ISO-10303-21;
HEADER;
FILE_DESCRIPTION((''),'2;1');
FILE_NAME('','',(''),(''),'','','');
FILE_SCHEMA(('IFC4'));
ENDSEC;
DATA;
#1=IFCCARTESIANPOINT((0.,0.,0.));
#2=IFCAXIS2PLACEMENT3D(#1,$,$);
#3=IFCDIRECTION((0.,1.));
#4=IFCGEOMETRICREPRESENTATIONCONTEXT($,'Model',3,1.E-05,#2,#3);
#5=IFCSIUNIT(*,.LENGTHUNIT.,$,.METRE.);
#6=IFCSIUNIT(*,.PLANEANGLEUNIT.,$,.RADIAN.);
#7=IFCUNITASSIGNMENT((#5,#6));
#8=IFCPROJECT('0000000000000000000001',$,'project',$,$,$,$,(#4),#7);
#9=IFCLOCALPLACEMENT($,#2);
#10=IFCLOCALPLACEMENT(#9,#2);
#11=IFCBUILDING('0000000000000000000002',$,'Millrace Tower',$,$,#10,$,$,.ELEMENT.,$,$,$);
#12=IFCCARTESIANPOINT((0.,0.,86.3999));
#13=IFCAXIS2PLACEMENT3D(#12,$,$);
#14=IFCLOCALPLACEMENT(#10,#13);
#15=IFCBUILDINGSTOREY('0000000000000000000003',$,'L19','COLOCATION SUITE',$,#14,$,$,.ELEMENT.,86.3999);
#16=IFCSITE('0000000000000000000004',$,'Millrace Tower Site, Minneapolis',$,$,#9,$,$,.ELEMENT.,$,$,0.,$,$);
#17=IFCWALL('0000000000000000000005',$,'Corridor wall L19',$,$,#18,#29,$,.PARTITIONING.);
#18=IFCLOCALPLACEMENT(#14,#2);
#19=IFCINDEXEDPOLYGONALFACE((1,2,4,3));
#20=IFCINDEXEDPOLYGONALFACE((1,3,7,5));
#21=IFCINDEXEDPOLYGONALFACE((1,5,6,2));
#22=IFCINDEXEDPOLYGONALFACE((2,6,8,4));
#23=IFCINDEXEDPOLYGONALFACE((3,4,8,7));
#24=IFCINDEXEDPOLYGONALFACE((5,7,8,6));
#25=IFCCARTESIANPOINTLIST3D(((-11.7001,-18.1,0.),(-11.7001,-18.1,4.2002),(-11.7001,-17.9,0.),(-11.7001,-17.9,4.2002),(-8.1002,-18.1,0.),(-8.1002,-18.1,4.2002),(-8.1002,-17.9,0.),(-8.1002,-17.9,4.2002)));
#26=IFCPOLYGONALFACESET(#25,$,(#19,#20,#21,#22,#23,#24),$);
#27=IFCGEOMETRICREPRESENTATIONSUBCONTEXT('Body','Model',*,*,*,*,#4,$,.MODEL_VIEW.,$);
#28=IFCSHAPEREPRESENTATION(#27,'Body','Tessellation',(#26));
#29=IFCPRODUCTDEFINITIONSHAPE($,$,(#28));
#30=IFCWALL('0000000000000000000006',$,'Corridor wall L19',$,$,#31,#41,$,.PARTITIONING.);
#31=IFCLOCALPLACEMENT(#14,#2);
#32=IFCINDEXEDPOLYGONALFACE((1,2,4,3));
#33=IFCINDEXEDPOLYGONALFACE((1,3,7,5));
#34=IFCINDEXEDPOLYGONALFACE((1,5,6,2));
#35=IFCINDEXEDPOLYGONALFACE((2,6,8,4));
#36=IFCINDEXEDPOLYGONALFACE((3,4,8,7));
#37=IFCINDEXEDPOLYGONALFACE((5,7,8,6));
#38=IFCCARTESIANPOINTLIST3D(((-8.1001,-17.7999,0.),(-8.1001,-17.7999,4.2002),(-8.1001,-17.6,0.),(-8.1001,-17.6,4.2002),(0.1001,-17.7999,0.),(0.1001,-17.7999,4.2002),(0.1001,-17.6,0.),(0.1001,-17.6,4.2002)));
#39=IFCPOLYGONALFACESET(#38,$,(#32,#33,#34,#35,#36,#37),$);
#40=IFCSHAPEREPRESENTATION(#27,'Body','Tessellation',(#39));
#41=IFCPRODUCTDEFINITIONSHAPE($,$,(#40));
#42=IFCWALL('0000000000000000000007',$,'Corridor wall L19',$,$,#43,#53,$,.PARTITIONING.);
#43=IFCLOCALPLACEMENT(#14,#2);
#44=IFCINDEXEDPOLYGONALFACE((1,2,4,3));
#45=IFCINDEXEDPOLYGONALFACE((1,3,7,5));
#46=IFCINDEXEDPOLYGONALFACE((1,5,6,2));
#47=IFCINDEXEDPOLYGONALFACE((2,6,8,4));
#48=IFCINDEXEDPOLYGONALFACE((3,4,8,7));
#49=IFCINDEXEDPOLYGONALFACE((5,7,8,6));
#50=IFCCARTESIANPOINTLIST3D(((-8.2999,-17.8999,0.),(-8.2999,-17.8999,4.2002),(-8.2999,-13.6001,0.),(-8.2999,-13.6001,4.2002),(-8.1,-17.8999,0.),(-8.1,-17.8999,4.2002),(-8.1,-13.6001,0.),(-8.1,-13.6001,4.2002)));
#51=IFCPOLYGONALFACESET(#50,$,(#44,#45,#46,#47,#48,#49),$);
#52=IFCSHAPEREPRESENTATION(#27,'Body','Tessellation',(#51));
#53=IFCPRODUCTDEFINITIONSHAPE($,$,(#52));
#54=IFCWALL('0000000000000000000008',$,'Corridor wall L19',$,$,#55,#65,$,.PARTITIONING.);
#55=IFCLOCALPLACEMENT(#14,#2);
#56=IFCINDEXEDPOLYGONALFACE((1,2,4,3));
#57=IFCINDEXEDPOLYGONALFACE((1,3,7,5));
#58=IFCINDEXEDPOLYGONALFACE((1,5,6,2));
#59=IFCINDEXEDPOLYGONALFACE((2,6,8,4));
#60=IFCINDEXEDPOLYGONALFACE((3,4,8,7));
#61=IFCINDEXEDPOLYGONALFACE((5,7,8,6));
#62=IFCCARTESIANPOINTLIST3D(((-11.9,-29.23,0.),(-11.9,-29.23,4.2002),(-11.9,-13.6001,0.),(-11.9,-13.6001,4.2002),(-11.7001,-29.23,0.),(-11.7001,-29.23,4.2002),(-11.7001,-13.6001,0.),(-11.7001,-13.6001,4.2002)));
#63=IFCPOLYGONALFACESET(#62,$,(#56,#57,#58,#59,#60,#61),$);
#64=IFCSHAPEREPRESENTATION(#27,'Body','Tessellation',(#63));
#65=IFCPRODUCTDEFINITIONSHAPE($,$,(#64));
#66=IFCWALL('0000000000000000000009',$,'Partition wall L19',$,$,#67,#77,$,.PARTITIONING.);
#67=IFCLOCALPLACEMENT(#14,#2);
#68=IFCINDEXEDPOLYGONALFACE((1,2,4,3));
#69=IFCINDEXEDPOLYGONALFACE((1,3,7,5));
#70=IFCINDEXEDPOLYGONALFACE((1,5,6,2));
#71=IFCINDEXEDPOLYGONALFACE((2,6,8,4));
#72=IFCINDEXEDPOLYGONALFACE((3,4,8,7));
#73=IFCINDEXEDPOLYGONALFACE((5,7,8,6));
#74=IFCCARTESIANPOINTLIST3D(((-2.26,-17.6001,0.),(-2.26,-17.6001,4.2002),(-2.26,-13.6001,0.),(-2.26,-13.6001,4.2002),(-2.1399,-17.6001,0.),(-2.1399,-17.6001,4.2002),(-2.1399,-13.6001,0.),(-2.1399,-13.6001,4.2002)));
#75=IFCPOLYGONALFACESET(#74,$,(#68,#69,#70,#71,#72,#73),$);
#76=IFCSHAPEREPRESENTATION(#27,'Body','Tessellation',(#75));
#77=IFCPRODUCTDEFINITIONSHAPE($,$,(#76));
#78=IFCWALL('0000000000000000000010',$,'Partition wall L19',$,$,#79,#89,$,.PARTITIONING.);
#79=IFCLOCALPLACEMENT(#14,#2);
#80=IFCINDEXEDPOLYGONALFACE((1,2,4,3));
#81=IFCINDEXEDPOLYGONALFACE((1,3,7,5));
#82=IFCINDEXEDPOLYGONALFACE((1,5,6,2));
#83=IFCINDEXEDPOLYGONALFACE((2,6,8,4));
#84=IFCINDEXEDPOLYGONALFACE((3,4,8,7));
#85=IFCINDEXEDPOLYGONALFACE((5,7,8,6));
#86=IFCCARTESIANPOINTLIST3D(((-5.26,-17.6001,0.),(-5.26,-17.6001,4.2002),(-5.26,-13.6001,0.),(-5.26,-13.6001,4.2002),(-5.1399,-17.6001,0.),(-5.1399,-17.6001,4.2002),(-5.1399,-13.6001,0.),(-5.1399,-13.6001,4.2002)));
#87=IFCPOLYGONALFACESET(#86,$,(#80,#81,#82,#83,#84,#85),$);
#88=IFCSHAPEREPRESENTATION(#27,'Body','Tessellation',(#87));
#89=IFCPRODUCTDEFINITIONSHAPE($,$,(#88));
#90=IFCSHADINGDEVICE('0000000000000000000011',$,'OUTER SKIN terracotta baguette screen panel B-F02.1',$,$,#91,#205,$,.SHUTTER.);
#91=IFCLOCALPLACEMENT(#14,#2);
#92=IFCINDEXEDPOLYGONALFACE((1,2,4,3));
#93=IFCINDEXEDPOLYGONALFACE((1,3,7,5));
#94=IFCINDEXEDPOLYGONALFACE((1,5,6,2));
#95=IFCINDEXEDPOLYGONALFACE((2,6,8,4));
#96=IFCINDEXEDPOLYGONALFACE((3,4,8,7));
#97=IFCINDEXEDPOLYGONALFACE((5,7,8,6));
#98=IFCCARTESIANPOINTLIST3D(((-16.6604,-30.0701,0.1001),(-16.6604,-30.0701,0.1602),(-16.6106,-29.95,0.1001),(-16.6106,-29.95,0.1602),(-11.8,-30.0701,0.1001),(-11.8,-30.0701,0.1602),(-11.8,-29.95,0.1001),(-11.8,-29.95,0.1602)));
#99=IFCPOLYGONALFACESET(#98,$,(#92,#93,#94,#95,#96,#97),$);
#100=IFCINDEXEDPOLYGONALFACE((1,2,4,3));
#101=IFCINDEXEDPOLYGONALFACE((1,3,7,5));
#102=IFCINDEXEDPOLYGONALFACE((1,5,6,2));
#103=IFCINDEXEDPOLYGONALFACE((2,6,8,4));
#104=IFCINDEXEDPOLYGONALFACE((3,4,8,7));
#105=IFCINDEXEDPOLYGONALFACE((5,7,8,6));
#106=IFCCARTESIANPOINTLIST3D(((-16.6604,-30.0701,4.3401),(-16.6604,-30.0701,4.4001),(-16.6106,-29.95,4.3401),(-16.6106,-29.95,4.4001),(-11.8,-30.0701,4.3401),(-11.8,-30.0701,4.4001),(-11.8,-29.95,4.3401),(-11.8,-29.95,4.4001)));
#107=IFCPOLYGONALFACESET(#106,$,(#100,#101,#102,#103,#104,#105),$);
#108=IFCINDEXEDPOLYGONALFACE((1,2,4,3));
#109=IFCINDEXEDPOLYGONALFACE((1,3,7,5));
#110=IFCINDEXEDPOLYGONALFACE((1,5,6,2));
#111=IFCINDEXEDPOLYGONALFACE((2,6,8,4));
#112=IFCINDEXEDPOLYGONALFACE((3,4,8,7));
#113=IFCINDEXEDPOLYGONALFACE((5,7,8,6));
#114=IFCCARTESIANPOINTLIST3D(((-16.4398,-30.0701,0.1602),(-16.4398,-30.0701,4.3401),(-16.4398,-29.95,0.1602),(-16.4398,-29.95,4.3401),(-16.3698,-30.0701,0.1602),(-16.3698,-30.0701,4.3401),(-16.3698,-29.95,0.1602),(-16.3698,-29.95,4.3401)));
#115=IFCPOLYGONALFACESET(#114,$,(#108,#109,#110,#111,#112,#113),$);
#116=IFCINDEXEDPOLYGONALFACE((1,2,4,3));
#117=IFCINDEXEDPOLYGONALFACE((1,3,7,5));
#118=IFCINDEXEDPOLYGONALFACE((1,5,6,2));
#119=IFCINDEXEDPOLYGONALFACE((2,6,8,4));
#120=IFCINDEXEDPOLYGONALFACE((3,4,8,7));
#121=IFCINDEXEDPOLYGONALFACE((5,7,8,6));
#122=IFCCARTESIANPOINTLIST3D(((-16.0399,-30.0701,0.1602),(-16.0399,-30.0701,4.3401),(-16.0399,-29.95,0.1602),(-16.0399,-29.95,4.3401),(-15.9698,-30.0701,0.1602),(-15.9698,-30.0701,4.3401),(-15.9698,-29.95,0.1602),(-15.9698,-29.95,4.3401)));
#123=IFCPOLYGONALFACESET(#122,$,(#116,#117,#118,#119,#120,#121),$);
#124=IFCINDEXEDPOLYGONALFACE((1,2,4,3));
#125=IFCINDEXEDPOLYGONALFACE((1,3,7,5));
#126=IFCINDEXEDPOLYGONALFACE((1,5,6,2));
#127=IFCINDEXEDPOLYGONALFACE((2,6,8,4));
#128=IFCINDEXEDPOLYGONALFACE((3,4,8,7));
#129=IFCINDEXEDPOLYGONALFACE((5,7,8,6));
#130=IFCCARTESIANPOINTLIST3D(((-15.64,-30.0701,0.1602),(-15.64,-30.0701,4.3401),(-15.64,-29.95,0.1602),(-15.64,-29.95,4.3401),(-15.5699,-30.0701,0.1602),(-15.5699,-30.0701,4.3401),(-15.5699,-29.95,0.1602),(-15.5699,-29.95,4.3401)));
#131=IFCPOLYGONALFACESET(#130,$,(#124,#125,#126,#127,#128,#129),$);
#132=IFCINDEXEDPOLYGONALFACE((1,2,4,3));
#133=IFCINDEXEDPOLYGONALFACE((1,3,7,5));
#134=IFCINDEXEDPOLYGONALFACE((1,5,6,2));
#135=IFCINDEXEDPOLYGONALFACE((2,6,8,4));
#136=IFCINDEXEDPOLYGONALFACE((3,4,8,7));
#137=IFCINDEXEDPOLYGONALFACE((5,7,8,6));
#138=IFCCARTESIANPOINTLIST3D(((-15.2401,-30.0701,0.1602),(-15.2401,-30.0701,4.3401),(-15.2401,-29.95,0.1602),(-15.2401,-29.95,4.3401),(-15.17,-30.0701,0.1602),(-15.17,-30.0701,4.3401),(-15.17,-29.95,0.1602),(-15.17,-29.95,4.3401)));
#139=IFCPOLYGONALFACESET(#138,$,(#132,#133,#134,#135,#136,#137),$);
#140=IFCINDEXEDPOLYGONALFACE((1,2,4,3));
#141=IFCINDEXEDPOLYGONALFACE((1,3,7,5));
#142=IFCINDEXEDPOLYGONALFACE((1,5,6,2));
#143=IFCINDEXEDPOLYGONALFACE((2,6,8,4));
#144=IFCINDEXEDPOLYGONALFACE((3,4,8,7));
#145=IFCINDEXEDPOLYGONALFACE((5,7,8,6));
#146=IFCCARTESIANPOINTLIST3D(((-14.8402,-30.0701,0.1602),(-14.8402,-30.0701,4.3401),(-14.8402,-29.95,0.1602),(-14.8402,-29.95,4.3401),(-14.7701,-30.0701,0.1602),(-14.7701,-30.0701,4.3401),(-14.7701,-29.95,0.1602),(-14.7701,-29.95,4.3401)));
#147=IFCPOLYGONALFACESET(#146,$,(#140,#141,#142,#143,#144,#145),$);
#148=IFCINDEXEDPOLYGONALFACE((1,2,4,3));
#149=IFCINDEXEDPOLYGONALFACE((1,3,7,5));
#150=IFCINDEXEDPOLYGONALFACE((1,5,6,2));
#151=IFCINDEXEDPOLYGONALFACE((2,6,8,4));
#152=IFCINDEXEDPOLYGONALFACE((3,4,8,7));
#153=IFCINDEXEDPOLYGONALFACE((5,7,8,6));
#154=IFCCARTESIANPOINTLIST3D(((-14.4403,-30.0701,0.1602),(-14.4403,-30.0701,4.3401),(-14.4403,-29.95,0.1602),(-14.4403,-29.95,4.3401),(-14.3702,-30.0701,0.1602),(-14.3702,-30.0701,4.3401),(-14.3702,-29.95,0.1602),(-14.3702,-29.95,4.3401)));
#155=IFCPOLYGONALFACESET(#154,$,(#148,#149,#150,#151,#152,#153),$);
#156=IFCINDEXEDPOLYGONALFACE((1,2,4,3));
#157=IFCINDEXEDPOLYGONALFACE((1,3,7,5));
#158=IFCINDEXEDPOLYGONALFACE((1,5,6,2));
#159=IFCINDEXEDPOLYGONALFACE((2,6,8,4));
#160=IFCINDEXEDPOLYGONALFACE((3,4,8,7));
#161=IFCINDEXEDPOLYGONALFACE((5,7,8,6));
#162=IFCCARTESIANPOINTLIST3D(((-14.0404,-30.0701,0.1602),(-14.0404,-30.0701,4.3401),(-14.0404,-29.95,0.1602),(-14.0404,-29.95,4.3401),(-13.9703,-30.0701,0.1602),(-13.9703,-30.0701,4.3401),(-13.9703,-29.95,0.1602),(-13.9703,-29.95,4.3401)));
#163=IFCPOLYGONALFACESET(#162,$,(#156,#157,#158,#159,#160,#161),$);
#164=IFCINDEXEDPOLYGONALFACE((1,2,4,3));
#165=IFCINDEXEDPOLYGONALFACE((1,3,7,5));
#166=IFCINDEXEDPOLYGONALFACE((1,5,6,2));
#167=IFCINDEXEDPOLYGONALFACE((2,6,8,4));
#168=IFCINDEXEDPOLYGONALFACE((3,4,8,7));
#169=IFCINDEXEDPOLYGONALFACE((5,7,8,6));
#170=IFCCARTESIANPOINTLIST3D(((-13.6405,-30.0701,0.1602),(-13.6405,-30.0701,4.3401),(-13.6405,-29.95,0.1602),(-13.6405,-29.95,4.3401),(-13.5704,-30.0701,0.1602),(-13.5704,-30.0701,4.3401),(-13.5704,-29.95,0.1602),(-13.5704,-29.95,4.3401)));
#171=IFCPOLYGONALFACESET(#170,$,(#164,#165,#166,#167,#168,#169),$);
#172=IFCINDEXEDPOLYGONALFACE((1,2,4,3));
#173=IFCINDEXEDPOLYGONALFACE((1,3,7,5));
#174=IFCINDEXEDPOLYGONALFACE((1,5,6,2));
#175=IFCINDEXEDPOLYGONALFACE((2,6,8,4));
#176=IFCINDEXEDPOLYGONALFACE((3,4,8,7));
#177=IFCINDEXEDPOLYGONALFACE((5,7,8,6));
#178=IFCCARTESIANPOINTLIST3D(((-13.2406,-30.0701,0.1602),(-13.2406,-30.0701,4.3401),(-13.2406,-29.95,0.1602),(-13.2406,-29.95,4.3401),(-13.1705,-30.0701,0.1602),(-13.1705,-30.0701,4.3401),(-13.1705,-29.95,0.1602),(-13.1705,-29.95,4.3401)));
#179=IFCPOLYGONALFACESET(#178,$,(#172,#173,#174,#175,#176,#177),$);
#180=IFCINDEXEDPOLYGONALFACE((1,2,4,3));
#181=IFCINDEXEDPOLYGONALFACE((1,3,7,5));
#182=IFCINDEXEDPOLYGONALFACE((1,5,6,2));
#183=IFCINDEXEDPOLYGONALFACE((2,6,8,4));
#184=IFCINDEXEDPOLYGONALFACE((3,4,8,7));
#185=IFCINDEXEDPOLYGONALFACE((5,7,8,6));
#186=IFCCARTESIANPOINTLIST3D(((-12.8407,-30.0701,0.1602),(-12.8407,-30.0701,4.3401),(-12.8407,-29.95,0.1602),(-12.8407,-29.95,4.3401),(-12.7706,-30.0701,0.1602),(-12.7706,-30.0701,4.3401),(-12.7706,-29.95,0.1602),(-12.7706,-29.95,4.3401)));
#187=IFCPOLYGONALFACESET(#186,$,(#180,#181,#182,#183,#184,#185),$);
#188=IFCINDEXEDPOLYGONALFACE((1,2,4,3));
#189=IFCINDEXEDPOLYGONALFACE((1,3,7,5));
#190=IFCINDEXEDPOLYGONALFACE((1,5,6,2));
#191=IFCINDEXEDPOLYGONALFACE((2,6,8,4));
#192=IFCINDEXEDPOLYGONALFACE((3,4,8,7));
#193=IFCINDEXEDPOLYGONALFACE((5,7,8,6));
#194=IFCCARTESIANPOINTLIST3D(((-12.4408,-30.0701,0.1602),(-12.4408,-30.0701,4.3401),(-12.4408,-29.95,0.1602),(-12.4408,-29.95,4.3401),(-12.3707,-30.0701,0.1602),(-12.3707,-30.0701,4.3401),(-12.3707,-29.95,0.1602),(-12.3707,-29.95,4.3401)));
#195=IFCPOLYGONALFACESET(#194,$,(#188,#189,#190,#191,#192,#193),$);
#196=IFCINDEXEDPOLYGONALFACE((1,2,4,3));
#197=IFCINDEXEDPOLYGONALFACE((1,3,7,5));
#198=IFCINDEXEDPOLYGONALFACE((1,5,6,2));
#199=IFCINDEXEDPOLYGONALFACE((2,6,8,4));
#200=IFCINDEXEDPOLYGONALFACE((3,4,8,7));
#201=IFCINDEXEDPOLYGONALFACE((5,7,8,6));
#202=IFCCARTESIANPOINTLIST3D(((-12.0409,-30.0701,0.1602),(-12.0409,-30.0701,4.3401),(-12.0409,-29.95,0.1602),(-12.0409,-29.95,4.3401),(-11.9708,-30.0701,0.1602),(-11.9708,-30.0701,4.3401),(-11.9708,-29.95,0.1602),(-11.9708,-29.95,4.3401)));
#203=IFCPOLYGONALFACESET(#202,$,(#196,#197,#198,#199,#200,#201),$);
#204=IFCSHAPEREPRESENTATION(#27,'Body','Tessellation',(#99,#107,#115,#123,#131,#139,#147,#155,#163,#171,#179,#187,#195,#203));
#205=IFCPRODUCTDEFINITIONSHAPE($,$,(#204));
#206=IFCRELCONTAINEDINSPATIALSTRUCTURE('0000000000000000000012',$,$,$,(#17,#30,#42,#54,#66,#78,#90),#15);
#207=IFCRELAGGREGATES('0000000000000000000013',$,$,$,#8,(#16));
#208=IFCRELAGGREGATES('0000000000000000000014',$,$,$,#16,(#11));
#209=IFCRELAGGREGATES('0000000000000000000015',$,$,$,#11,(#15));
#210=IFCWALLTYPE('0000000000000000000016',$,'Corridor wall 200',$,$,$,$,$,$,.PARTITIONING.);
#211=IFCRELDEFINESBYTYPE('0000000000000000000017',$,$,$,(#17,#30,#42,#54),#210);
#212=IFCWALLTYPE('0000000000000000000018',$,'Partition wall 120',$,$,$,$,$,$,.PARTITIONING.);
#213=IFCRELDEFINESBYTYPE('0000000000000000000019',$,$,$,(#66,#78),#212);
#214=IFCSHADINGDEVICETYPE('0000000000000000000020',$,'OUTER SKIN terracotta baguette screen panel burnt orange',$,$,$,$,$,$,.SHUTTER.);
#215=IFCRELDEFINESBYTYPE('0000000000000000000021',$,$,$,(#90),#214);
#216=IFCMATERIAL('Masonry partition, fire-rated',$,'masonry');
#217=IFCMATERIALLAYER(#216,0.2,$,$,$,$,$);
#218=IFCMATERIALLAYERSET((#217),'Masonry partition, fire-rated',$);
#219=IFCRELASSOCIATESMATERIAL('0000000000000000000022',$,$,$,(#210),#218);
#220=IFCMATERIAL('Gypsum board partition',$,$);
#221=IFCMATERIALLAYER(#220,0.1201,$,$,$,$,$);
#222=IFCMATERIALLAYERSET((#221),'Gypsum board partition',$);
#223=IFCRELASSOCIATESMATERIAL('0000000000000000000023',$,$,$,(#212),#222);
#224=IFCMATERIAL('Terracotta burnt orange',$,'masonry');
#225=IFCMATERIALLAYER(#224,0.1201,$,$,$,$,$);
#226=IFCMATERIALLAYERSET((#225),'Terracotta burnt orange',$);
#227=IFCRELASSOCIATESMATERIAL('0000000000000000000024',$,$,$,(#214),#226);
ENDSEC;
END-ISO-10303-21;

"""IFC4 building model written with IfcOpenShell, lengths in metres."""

from ifc_helpers import new_model, entity, si_unit, direction, frame, frame_2d, origin, place, context, subcontext, project, spatial, rectangle, extrude, source, transform, mapped, material, layer, layer_set, type_object, element, save


model = new_model("IFC4")

# Units and contexts
model_context = context("Model", 3, precision=1e-05, world=origin(), true_north=direction((0.0, 1.0)))
body_context = subcontext(model_context, "Body", "Model", "MODEL_VIEW")
ifc_project = project(units=[si_unit("LENGTHUNIT", "METRE"), si_unit("PLANEANGLEUNIT", "RADIAN")], contexts=[model_context])

# Site, building, storey
site_placement = place(None, origin())
site = spatial("IfcSite", under=ifc_project, at=site_placement, Name="Millrace Tower Site, Minneapolis", CompositionType="ELEMENT", RefElevation=0.0)
building_placement = place(site_placement, origin())
building = spatial("IfcBuilding", under=site, at=building_placement, Name="Millrace Tower", CompositionType="ELEMENT")
storey_placement = place(building_placement, frame((0.0, 0.0, 86.3999)))
storey = spatial("IfcBuildingStorey", under=building, at=storey_placement, Name="L19", Description="COLOCATION SUITE", CompositionType="ELEMENT", Elevation=86.3999)

# Walls
ifc_material_1 = material(Name="Masonry partition, fire-rated", Category="masonry")
ifc_layer_1 = layer(ifc_material_1, 0.2)
ifc_layer_set_1 = layer_set([ifc_layer_1], Name="Masonry partition, fire-rated")
wall_type_1 = type_object("IfcWallType", Name="Corridor wall 200", PredefinedType="PARTITIONING", material=ifc_layer_set_1)
wall_1_placement = place(storey_placement, frame((-11.7, -18.0, 0.0), z_axis=(0.0, 0.0, 1.0), x_axis=(1.0, 0.0, 0.0)))
element("IfcWall", 1, at=wall_1_placement, inside=storey, type_object=wall_type_1, Name="Corridor wall L19", PredefinedType="PARTITIONING", context=body_context, shape_type="SweptSolid", body=[
    extrude(rectangle(XDim=3.5999, YDim=0.2, at=frame_2d((1.7998, 0.0))), origin(), (0.0, 0.0, 1.0), 4.2002),
])
wall_2_placement = place(storey_placement, frame((-8.1001, -17.7, 0.0), z_axis=(0.0, 0.0, 1.0), x_axis=(1.0, 0.0, 0.0)))
element("IfcWall", 2, at=wall_2_placement, inside=storey, type_object=wall_type_1, Name="Corridor wall L19", PredefinedType="PARTITIONING", context=body_context, shape_type="SweptSolid", body=[
    extrude(rectangle(XDim=8.2002, YDim=0.2, at=frame_2d((4.1001, 0.0))), origin(), (0.0, 0.0, 1.0), 4.2002),
])
wall_3_placement = place(storey_placement, frame((-8.2, -17.8999, 0.0), z_axis=(0.0, 0.0, 1.0), x_axis=(0.0, 1.0, 0.0)))
element("IfcWall", 3, at=wall_3_placement, inside=storey, type_object=wall_type_1, Name="Corridor wall L19", PredefinedType="PARTITIONING", context=body_context, shape_type="SweptSolid", body=[
    extrude(rectangle(XDim=4.2998, YDim=0.2, at=frame_2d((2.1499, 0.0))), origin(), (0.0, 0.0, 1.0), 4.2002),
])
wall_4_placement = place(storey_placement, frame((-11.8, -29.23, 0.0), z_axis=(0.0, 0.0, 1.0), x_axis=(0.0, 1.0, 0.0)))
element("IfcWall", 4, at=wall_4_placement, inside=storey, type_object=wall_type_1, Name="Corridor wall L19", PredefinedType="PARTITIONING", context=body_context, shape_type="SweptSolid", body=[
    extrude(rectangle(XDim=15.6299, YDim=0.2, at=frame_2d((7.8149, 0.0))), origin(), (0.0, 0.0, 1.0), 4.2002),
])
ifc_material_2 = material(Name="Gypsum board partition")
ifc_layer_2 = layer(ifc_material_2, 0.1201)
ifc_layer_set_2 = layer_set([ifc_layer_2], Name="Gypsum board partition")
wall_type_2 = type_object("IfcWallType", Name="Partition wall 120", PredefinedType="PARTITIONING", material=ifc_layer_set_2)
for number, where, z_axis, x_axis, name in (
    (5, (-2.2, -17.6001, 0.0), (0.0, 0.0, 1.0), (0.0, 1.0, 0.0), "Partition wall L19"),
    (6, (-5.2, -17.6001, 0.0), (0.0, 0.0, 1.0), (0.0, 1.0, 0.0), "Partition wall L19"),
):
    element("IfcWall", number, at=place(storey_placement, frame(where, z_axis=z_axis, x_axis=x_axis)), inside=storey, type_object=wall_type_2, Name=name, PredefinedType="PARTITIONING", context=body_context, shape_type="SweptSolid", body=[
        extrude(rectangle(XDim=4.0, YDim=0.1201, at=frame_2d((2.0, 0.0))), origin(), (0.0, 0.0, 1.0), 4.2002),
    ])

# Shading device
ifc_material_3 = material(Name="Terracotta burnt orange", Category="masonry")
ifc_layer_3 = layer(ifc_material_3, 0.1201)
ifc_layer_set_3 = layer_set([ifc_layer_3], Name="Terracotta burnt orange")
shading_device_type = type_object("IfcShadingDeviceType", Name="OUTER SKIN terracotta baguette screen panel burnt orange", PredefinedType="SHUTTER", material=ifc_layer_set_3)
cartesian_point_1 = entity("IfcCartesianPoint", [-2.3928, 0.0601])
shared_polyline_1 = entity("IfcPolyline", [cartesian_point_1, entity("IfcCartesianPoint", [2.4177, 0.0601]), entity("IfcCartesianPoint", [2.4177, -0.0601]), entity("IfcCartesianPoint", [-2.4426, -0.0601]), cartesian_point_1])
shared_shape_1 = source(origin(), body_context, "Body", "SweptSolid", [
    entity("IfcExtrudedAreaSolid", entity("IfcArbitraryClosedProfileDef", "AREA", None, shared_polyline_1), entity("IfcAxis2Placement3D", entity("IfcCartesianPoint", [0.0, 0.0, 0.0])), entity("IfcDirection", [0.0, 0.0, 1.0]), 0.0601),
    entity("IfcExtrudedAreaSolid", entity("IfcArbitraryClosedProfileDef", "AREA", None, shared_polyline_1), entity("IfcAxis2Placement3D", entity("IfcCartesianPoint", [0.0, 0.0, 4.24])), entity("IfcDirection", [0.0, 0.0, 1.0]), 0.0601),
    extrude(rectangle(XDim=0.0701, YDim=0.1201, at=frame_2d((-2.187, 0.0))), frame((0.0, 0.0, 0.0601)), (0.0, 0.0, 1.0), 4.1799),
    extrude(rectangle(XDim=0.0701, YDim=0.1201, at=frame_2d((-1.7871, 0.0))), frame((0.0, 0.0, 0.0601)), (0.0, 0.0, 1.0), 4.1799),
    extrude(rectangle(XDim=0.0701, YDim=0.1201, at=frame_2d((-1.3872, 0.0))), frame((0.0, 0.0, 0.0601)), (0.0, 0.0, 1.0), 4.1799),
    extrude(rectangle(XDim=0.0701, YDim=0.1201, at=frame_2d((-0.9873, 0.0))), frame((0.0, 0.0, 0.0601)), (0.0, 0.0, 1.0), 4.1799),
    extrude(rectangle(XDim=0.0701, YDim=0.1201, at=frame_2d((-0.5874, 0.0))), frame((0.0, 0.0, 0.0601)), (0.0, 0.0, 1.0), 4.1799),
    extrude(rectangle(XDim=0.0701, YDim=0.1201, at=frame_2d((-0.1875, 0.0))), frame((0.0, 0.0, 0.0601)), (0.0, 0.0, 1.0), 4.1799),
    extrude(rectangle(XDim=0.0701, YDim=0.1201, at=frame_2d((0.2124, 0.0))), frame((0.0, 0.0, 0.0601)), (0.0, 0.0, 1.0), 4.1799),
    extrude(rectangle(XDim=0.0701, YDim=0.1201, at=frame_2d((0.6123, 0.0))), frame((0.0, 0.0, 0.0601)), (0.0, 0.0, 1.0), 4.1799),
    extrude(rectangle(XDim=0.0701, YDim=0.1201, at=frame_2d((1.0122, 0.0))), frame((0.0, 0.0, 0.0601)), (0.0, 0.0, 1.0), 4.1799),
    extrude(rectangle(XDim=0.0701, YDim=0.1201, at=frame_2d((1.4121, 0.0))), frame((0.0, 0.0, 0.0601)), (0.0, 0.0, 1.0), 4.1799),
    extrude(rectangle(XDim=0.0701, YDim=0.1201, at=frame_2d((1.812, 0.0))), frame((0.0, 0.0, 0.0601)), (0.0, 0.0, 1.0), 4.1799),
    extrude(rectangle(XDim=0.0701, YDim=0.1201, at=frame_2d((2.2119, 0.0))), frame((0.0, 0.0, 0.0601)), (0.0, 0.0, 1.0), 4.1799),
])
shading_device_placement = place(storey_placement, frame((-14.2178, -30.01, 0.1001), z_axis=(0.0, 0.0, 1.0), x_axis=(1.0, 0.0, 0.0)))
element("IfcShadingDevice", 7, at=shading_device_placement, inside=storey, type_object=shading_device_type, Name="OUTER SKIN terracotta baguette screen panel B-F02.1", PredefinedType="SHUTTER", context=body_context, shape_type="MappedRepresentation", body=[
    mapped(shared_shape_1, transform((0.0, 0.0, 0.0), scale=1.0)),
])

save(model, "model.ifc")
